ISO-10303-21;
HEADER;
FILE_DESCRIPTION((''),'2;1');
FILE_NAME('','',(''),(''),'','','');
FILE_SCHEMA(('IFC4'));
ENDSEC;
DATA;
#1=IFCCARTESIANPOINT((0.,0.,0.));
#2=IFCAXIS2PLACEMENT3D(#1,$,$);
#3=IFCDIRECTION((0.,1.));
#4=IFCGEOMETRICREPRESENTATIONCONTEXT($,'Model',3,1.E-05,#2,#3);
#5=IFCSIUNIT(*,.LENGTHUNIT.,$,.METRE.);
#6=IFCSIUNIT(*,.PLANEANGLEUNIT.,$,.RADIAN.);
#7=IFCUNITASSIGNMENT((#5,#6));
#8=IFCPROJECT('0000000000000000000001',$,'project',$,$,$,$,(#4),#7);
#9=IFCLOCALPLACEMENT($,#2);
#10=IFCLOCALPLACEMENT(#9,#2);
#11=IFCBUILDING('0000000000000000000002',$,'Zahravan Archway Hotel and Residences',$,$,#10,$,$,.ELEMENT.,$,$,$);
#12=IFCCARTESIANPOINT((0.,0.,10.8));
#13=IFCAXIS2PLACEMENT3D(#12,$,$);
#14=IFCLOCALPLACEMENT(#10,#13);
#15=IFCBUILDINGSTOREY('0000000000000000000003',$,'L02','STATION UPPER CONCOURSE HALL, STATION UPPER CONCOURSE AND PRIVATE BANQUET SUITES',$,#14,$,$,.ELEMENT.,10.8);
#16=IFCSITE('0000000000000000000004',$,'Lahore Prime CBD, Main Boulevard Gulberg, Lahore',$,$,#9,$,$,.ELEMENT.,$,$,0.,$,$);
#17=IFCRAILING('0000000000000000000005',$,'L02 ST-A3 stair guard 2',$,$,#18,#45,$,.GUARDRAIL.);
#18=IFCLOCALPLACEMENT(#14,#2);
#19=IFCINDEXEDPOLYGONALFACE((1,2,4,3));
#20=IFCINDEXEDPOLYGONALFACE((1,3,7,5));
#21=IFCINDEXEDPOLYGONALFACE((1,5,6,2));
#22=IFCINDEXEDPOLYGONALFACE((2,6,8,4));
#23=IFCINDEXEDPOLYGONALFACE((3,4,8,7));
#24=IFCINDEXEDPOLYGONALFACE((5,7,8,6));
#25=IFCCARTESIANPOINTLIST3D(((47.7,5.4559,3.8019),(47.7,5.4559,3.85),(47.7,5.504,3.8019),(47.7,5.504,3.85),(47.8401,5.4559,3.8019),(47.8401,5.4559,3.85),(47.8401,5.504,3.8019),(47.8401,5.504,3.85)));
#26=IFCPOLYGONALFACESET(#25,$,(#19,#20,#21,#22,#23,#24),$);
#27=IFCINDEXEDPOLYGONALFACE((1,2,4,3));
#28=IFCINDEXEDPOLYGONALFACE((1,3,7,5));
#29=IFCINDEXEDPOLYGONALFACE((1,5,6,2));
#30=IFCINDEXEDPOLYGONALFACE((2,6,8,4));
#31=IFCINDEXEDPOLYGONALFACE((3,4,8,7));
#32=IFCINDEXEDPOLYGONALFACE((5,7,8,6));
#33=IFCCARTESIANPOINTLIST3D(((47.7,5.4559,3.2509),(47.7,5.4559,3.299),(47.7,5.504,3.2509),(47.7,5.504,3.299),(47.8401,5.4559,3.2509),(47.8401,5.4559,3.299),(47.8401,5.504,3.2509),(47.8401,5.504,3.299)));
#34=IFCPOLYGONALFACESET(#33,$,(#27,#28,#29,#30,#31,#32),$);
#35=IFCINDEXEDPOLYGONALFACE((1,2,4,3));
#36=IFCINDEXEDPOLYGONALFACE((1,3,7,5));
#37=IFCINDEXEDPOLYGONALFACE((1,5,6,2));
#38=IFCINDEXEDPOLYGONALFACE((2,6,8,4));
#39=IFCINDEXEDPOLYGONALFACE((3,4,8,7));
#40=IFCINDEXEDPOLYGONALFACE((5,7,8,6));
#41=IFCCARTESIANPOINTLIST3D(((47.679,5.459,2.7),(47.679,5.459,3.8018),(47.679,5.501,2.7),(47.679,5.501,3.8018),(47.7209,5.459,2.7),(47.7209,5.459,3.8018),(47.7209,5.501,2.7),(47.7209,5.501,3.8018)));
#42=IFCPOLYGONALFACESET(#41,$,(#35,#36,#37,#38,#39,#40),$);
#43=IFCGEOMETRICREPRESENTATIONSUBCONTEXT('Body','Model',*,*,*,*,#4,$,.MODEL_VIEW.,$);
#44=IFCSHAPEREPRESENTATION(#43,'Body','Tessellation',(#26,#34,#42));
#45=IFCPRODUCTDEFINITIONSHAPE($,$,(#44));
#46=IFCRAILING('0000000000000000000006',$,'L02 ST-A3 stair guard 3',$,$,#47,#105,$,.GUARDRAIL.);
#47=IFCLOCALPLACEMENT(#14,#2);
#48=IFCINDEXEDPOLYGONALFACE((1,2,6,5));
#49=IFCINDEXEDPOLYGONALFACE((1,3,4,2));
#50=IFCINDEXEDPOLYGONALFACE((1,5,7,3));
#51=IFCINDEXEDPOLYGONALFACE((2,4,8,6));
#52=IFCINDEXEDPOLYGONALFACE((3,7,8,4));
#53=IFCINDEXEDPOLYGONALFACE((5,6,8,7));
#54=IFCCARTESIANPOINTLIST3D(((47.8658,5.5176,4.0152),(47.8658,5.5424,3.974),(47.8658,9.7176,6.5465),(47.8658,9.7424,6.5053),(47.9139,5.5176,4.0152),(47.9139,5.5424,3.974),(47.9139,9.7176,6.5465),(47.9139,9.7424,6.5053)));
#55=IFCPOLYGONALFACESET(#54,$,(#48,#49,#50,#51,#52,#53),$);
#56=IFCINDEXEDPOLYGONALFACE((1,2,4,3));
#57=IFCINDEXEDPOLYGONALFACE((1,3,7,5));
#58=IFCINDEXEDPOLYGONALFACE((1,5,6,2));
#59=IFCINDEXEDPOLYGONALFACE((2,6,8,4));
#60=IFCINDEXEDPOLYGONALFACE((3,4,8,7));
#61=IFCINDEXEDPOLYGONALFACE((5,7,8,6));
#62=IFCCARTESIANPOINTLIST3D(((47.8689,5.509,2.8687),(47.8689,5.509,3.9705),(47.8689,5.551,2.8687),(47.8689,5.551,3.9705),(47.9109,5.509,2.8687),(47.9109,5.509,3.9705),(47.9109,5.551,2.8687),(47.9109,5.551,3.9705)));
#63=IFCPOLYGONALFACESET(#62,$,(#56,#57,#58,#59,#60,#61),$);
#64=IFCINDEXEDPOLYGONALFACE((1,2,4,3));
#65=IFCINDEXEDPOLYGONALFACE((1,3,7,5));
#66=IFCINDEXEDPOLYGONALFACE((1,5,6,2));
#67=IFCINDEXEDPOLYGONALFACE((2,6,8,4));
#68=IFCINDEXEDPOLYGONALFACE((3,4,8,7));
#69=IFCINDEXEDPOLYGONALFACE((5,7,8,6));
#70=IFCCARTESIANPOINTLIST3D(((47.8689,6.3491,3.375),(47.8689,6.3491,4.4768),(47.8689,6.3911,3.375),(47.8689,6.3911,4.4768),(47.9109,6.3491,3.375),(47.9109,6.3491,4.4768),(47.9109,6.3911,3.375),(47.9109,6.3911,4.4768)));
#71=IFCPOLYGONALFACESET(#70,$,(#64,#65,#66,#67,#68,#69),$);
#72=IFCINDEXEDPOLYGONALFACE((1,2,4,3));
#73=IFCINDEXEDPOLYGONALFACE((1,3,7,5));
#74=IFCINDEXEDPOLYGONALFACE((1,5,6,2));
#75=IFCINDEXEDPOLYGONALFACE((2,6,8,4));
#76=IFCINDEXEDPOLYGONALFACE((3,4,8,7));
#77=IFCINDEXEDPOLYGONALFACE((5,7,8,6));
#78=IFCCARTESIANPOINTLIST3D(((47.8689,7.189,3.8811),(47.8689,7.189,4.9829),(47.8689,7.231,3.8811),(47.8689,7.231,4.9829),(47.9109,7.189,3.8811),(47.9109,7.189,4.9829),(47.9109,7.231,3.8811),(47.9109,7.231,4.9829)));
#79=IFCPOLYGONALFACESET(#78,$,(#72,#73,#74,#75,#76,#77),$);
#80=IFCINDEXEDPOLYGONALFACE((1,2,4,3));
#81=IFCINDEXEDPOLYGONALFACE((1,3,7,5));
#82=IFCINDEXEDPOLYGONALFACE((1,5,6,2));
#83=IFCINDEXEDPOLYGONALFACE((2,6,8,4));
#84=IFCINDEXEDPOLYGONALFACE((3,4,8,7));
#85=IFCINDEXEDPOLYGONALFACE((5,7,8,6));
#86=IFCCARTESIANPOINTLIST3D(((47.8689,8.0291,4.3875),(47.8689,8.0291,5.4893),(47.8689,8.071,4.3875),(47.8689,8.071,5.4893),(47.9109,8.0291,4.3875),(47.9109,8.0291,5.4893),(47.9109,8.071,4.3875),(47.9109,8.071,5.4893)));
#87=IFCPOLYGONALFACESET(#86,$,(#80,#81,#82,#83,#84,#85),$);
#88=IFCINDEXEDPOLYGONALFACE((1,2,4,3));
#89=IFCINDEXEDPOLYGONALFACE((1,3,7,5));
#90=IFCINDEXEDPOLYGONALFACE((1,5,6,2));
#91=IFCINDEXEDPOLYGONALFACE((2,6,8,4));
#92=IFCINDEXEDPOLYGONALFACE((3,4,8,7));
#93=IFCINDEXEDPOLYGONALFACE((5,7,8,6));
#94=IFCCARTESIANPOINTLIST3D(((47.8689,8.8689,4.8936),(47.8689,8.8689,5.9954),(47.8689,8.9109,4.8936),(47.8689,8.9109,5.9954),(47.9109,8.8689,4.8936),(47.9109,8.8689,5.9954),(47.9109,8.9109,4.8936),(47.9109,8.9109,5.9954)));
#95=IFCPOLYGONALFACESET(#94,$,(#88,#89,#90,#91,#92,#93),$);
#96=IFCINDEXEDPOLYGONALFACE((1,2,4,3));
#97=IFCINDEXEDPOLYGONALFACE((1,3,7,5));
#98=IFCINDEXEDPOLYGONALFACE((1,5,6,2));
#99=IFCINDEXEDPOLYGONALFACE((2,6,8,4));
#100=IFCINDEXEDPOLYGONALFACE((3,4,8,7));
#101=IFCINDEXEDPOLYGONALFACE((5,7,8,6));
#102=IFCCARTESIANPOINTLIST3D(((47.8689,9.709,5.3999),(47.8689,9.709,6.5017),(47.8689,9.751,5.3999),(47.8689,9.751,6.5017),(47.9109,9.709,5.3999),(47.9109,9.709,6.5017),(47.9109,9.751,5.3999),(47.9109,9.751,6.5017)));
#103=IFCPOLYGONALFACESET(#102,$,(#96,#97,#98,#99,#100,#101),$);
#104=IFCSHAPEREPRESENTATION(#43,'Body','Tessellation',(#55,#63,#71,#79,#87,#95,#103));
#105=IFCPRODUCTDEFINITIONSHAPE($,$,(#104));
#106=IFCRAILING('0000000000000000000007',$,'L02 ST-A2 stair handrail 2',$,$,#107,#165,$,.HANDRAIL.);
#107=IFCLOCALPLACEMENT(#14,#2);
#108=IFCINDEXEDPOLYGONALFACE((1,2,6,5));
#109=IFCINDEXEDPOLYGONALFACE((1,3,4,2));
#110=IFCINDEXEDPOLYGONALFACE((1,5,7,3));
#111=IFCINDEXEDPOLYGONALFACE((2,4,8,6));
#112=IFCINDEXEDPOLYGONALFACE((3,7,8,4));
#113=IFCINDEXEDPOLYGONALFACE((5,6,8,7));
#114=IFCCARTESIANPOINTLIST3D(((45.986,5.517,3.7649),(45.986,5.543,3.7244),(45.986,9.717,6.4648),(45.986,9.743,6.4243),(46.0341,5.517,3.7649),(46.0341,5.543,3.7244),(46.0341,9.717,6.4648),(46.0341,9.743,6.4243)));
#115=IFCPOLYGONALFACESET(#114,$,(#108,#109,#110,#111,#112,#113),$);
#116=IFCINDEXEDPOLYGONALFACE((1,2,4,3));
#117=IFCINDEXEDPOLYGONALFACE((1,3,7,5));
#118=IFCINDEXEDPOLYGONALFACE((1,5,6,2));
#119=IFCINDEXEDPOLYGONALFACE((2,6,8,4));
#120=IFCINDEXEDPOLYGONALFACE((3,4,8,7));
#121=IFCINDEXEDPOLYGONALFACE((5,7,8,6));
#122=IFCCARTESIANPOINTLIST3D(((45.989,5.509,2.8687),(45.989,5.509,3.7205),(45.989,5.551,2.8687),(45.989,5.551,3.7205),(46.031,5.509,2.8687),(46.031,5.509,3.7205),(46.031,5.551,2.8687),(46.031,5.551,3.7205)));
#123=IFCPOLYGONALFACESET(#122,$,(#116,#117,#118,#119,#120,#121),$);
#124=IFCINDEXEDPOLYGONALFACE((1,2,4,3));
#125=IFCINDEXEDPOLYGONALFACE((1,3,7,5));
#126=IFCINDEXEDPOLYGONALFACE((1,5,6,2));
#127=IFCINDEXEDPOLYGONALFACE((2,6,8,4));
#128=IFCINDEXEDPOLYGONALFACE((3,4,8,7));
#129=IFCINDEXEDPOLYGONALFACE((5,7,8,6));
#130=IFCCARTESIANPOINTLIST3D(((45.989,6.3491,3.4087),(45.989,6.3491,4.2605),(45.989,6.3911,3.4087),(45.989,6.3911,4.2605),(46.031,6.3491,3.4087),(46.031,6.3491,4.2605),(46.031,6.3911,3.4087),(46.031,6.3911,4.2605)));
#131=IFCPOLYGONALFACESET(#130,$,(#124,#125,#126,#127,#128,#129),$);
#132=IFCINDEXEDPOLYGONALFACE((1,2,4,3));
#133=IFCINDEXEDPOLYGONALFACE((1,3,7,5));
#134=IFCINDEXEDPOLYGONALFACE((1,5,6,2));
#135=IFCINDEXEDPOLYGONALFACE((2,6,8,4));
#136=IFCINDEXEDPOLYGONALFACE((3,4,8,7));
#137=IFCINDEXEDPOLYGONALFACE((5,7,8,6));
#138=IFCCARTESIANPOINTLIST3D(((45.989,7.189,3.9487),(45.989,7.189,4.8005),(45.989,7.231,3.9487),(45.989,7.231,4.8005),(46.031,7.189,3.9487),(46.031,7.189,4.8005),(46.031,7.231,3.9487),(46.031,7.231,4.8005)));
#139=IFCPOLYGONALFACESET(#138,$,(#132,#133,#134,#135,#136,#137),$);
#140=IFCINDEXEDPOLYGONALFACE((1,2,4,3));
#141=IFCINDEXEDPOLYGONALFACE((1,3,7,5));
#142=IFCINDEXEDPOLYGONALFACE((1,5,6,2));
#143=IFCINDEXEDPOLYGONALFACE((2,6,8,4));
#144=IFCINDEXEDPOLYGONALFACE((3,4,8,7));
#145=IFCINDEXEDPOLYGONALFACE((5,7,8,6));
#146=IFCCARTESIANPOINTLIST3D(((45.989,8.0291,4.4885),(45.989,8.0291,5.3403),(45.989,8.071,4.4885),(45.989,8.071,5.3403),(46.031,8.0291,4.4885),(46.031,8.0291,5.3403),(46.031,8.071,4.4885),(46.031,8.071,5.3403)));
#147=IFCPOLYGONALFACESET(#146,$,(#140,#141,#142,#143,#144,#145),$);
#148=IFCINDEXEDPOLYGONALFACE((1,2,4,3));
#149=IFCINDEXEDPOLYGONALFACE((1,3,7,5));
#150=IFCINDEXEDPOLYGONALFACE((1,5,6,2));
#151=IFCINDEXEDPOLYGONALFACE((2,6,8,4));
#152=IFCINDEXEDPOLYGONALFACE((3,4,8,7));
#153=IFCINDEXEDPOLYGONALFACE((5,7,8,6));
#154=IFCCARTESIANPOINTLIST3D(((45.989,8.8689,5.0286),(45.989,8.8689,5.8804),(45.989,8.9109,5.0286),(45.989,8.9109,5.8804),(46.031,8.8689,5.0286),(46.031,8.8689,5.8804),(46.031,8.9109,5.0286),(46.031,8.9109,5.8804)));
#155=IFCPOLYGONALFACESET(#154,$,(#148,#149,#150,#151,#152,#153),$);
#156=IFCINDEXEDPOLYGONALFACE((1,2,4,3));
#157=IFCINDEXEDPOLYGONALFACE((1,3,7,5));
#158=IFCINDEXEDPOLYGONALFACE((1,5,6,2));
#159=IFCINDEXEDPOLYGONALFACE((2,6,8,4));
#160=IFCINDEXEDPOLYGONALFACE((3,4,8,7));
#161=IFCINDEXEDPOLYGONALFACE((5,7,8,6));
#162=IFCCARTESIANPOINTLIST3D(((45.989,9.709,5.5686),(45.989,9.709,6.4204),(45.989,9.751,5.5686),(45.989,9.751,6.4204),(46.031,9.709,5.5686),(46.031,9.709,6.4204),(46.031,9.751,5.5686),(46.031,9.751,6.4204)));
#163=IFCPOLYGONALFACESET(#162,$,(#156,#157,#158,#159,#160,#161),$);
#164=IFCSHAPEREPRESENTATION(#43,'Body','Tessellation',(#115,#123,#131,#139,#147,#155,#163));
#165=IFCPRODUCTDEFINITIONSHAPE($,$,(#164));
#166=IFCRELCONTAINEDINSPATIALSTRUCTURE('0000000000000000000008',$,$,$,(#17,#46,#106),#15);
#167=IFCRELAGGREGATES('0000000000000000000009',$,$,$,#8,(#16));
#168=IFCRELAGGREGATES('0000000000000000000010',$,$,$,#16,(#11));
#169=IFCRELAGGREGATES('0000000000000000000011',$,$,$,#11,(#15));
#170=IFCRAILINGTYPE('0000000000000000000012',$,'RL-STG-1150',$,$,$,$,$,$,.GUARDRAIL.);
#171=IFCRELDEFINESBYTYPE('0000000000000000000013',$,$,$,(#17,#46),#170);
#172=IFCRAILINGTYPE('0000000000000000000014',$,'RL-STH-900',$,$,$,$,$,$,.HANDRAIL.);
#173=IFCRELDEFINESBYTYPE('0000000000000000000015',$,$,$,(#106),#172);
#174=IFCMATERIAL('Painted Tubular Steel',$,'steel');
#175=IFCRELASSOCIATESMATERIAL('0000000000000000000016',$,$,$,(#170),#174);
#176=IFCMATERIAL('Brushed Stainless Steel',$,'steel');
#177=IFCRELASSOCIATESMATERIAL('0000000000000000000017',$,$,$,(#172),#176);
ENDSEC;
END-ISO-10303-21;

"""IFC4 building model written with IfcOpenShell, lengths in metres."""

from ifc_helpers import new_model, si_unit, direction, frame, origin, origin_2d, place, context, subcontext, project, spatial, rectangle, extrude, material, type_object, element, save


model = new_model("IFC4")

# Units and contexts
model_context = context("Model", 3, precision=1e-05, world=origin(), true_north=direction((0.0, 1.0)))
body_context = subcontext(model_context, "Body", "Model", "MODEL_VIEW")
ifc_project = project(units=[si_unit("LENGTHUNIT", "METRE"), si_unit("PLANEANGLEUNIT", "RADIAN")], contexts=[model_context])

# Site, building, storey
site_placement = place(None, origin())
site = spatial("IfcSite", under=ifc_project, at=site_placement, Name="Lahore Prime CBD, Main Boulevard Gulberg, Lahore", CompositionType="ELEMENT", RefElevation=0.0)
building_placement = place(site_placement, origin())
building = spatial("IfcBuilding", under=site, at=building_placement, Name="Zahravan Archway Hotel and Residences", CompositionType="ELEMENT")
storey_placement = place(building_placement, frame((0.0, 0.0, 10.8)))
storey = spatial("IfcBuildingStorey", under=building, at=storey_placement, Name="L02", Description="STATION UPPER CONCOURSE HALL, STATION UPPER CONCOURSE AND PRIVATE BANQUET SUITES", CompositionType="ELEMENT", Elevation=10.8)

# Railings
ifc_material_1 = material(Name="Painted Tubular Steel", Category="steel")
railing_type_1 = type_object("IfcRailingType", Name="RL-STG-1150", PredefinedType="GUARDRAIL", material=ifc_material_1)
railing_1_placement = place(storey_placement, frame((47.7, 5.48, 2.7)))
element("IfcRailing", 1, at=railing_1_placement, inside=storey, type_object=railing_type_1, Name="L02 ST-A3 stair guard 2", PredefinedType="GUARDRAIL", context=body_context, shape_type="SweptSolid", body=[
    extrude(rectangle(XDim=0.0481, YDim=0.0481, at=origin_2d()), frame((0.0, 0.0, 1.126), z_axis=(1.0, 0.0, 0.0), x_axis=(0.0, 1.0, 0.0)), (0.0, 0.0, 1.0), 0.1401),
    extrude(rectangle(XDim=0.0481, YDim=0.0481, at=origin_2d()), frame((0.0, 0.0, 0.575), z_axis=(1.0, 0.0, 0.0), x_axis=(0.0, 1.0, 0.0)), (0.0, 0.0, 1.0), 0.1401),
    extrude(rectangle(XDim=0.042, YDim=0.042, at=origin_2d()), origin(), (0.0, 0.0, 1.0), 1.1018),
])
railing_2_placement = place(storey_placement, frame((47.8899, 5.53, 2.8687)))
element("IfcRailing", 2, at=railing_2_placement, inside=storey, type_object=railing_type_1, Name="L02 ST-A3 stair guard 3", PredefinedType="GUARDRAIL", context=body_context, shape_type="SweptSolid", body=[
    extrude(rectangle(XDim=0.0481, YDim=0.0481, at=origin_2d()), frame((0.0, 0.0, 1.126), z_axis=(0.0, 0.856476, 0.516186), x_axis=(-1.0, 0.0, 0.0)), (0.0, 0.0, 1.0), 4.9038),
    extrude(rectangle(XDim=0.042, YDim=0.042, at=origin_2d()), origin(), (0.0, 0.0, 1.0), 1.1018),
    extrude(rectangle(XDim=0.042, YDim=0.042, at=origin_2d()), frame((0.0, 0.8401, 0.5063)), (0.0, 0.0, 1.0), 1.1018),
    extrude(rectangle(XDim=0.042, YDim=0.042, at=origin_2d()), frame((0.0, 1.6799, 1.0125)), (0.0, 0.0, 1.0), 1.1018),
    extrude(rectangle(XDim=0.042, YDim=0.042, at=origin_2d()), frame((0.0, 2.52, 1.5188)), (0.0, 0.0, 1.0), 1.1018),
    extrude(rectangle(XDim=0.042, YDim=0.042, at=origin_2d()), frame((0.0, 3.3599, 2.0249)), (0.0, 0.0, 1.0), 1.1018),
    extrude(rectangle(XDim=0.042, YDim=0.042, at=origin_2d()), frame((0.0, 4.2, 2.5312)), (0.0, 0.0, 1.0), 1.1018),
])
ifc_material_2 = material(Name="Brushed Stainless Steel", Category="steel")
railing_type_2 = type_object("IfcRailingType", Name="RL-STH-900", PredefinedType="HANDRAIL", material=ifc_material_2)
railing_3_placement = place(storey_placement, frame((46.01, 5.53, 2.8687)))
element("IfcRailing", 3, at=railing_3_placement, inside=storey, type_object=railing_type_2, Name="L02 ST-A2 stair handrail 2", PredefinedType="HANDRAIL", context=body_context, shape_type="SweptSolid", body=[
    extrude(rectangle(XDim=0.0481, YDim=0.0481, at=origin_2d()), frame((0.0, 0.0, 0.876), z_axis=(0.0, 0.84118, 0.540755), x_axis=(-1.0, 0.0, 0.0)), (0.0, 0.0, 1.0), 4.9929),
    extrude(rectangle(XDim=0.042, YDim=0.042, at=origin_2d()), origin(), (0.0, 0.0, 1.0), 0.8518),
    extrude(rectangle(XDim=0.042, YDim=0.042, at=origin_2d()), frame((0.0, 0.8401, 0.54)), (0.0, 0.0, 1.0), 0.8518),
    extrude(rectangle(XDim=0.042, YDim=0.042, at=origin_2d()), frame((0.0, 1.6799, 1.0801)), (0.0, 0.0, 1.0), 0.8518),
    extrude(rectangle(XDim=0.042, YDim=0.042, at=origin_2d()), frame((0.0, 2.52, 1.6199)), (0.0, 0.0, 1.0), 0.8518),
    extrude(rectangle(XDim=0.042, YDim=0.042, at=origin_2d()), frame((0.0, 3.3599, 2.1599)), (0.0, 0.0, 1.0), 0.8518),
    extrude(rectangle(XDim=0.042, YDim=0.042, at=origin_2d()), frame((0.0, 4.2, 2.7)), (0.0, 0.0, 1.0), 0.8518),
])

save(model, "model.ifc")
